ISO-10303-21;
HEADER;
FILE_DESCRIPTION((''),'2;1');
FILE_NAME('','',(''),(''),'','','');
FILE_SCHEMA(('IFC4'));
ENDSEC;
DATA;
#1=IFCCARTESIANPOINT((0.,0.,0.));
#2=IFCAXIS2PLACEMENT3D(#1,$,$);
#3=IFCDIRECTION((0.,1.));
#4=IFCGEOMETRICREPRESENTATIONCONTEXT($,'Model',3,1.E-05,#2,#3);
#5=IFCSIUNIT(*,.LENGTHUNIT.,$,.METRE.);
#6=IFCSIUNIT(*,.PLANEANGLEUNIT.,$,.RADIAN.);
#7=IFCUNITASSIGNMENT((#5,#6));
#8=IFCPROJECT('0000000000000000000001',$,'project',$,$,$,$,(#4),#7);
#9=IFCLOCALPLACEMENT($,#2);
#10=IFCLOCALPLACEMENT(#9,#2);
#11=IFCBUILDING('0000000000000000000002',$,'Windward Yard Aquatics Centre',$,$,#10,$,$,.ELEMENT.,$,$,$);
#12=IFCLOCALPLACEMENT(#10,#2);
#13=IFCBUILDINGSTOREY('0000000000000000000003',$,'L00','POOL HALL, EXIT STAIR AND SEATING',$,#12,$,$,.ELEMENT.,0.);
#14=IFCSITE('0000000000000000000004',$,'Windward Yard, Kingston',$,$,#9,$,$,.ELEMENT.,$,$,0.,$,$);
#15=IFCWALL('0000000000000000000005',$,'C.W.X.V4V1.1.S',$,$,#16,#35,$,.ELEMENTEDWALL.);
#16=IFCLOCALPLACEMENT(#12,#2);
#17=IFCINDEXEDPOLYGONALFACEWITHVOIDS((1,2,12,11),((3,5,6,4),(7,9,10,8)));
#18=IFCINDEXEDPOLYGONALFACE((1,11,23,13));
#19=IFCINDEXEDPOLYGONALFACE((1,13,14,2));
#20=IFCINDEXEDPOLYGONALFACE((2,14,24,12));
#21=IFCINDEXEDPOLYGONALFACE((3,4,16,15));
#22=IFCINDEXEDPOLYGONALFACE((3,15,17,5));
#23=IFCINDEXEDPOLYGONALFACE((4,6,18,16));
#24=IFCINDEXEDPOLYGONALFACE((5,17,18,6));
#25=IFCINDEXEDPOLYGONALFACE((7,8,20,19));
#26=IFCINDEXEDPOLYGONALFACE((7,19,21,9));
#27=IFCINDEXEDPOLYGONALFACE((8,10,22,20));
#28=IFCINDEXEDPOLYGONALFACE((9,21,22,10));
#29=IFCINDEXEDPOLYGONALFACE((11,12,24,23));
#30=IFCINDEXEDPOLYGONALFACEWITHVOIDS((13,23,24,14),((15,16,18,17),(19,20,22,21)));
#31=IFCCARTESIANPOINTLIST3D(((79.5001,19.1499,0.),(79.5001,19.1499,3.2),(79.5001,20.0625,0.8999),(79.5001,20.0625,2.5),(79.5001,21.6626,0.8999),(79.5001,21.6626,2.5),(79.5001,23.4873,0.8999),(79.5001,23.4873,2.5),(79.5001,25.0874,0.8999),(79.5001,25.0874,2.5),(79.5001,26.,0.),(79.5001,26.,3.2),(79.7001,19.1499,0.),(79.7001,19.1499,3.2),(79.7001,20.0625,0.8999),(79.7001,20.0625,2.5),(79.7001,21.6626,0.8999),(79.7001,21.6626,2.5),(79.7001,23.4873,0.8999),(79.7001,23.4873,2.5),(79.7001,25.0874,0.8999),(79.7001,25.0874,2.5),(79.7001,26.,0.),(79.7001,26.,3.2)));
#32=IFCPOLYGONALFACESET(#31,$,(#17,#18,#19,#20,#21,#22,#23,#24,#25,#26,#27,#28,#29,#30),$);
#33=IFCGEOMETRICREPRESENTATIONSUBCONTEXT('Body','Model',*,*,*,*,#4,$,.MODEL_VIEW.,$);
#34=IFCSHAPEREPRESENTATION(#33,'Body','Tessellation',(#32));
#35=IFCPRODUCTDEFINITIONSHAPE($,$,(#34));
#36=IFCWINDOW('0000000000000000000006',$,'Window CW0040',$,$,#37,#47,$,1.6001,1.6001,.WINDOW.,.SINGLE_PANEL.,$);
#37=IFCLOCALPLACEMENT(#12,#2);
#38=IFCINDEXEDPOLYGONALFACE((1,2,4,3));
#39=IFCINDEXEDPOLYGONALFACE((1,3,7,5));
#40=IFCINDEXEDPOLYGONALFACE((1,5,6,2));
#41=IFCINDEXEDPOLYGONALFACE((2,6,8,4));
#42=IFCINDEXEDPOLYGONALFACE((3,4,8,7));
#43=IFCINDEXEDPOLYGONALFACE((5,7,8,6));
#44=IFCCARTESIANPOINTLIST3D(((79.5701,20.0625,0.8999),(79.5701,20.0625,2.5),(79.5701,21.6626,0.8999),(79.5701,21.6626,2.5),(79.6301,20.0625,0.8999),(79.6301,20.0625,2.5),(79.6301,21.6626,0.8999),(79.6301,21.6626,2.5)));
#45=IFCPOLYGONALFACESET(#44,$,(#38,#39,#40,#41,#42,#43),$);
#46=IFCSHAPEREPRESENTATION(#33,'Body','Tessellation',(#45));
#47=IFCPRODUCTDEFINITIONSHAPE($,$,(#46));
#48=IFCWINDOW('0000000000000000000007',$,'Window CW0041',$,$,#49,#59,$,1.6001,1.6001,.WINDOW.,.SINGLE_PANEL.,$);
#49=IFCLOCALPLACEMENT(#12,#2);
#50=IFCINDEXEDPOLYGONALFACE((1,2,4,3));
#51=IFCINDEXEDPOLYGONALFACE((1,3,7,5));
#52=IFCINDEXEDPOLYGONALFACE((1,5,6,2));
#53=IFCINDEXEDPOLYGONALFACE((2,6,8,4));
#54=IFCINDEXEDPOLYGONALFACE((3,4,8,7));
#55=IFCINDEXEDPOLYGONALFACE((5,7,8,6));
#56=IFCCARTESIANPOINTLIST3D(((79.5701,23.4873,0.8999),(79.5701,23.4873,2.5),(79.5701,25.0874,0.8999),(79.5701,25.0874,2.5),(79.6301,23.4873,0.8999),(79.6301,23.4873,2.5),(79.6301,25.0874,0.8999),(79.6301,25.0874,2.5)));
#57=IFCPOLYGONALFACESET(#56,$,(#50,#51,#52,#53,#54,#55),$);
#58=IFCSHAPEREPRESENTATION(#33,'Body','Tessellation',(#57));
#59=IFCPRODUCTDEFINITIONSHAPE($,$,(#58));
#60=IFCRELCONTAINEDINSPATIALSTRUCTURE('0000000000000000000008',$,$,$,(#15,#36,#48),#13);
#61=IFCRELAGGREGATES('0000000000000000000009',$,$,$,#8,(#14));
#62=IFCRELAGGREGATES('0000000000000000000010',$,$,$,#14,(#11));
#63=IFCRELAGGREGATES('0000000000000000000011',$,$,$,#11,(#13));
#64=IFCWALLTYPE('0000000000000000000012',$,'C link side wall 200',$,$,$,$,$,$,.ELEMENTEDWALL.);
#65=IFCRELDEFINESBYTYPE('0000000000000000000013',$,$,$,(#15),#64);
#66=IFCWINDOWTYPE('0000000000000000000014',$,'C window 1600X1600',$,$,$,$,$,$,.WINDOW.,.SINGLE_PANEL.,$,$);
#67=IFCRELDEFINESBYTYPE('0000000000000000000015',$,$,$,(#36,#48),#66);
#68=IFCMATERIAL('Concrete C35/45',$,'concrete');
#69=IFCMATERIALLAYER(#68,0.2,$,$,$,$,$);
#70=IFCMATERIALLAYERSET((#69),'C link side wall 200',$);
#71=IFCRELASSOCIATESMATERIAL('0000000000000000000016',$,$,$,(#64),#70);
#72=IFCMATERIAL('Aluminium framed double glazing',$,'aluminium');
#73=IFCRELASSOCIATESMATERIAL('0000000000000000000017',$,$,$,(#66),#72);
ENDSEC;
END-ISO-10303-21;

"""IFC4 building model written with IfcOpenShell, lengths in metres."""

from ifc_helpers import new_model, si_unit, direction, frame, frame_2d, origin, place, context, subcontext, project, spatial, rectangle, extrude, material, layer, layer_set, type_object, element, fill, save


model = new_model("IFC4")

# Units and contexts
model_context = context("Model", 3, precision=1e-05, world=origin(), true_north=direction((0.0, 1.0)))
body_context = subcontext(model_context, "Body", "Model", "MODEL_VIEW")
ifc_project = project(units=[si_unit("LENGTHUNIT", "METRE"), si_unit("PLANEANGLEUNIT", "RADIAN")], contexts=[model_context])

# Site, building, storey
site_placement = place(None, origin())
site = spatial("IfcSite", under=ifc_project, at=site_placement, Name="Windward Yard, Kingston", CompositionType="ELEMENT", RefElevation=0.0)
building_placement = place(site_placement, origin())
building = spatial("IfcBuilding", under=site, at=building_placement, Name="Windward Yard Aquatics Centre", CompositionType="ELEMENT")
storey_placement = place(building_placement, origin())
storey = spatial("IfcBuildingStorey", under=building, at=storey_placement, Name="L00", Description="POOL HALL, EXIT STAIR AND SEATING", CompositionType="ELEMENT", Elevation=0.0)

# Shared definitions
ifc_material_1 = material(Name="Concrete C35/45", Category="concrete")

# Wall, openings, windows
ifc_layer_1 = layer(ifc_material_1, 0.2)
ifc_layer_set_1 = layer_set([ifc_layer_1], Name="C link side wall 200")
wall_type_1 = type_object("IfcWallType", Name="C link side wall 200", PredefinedType="ELEMENTEDWALL", material=ifc_layer_set_1)
ifc_material_2 = material(Name="Aluminium framed double glazing", Category="aluminium")
window_type_1 = type_object("IfcWindowType", Name="C window 1600X1600", PartitioningType="SINGLE_PANEL", PredefinedType="WINDOW", material=ifc_material_2)
wall_1_placement = place(storey_placement, frame((79.6001, 19.1499, 0.0), z_axis=(0.0, 0.0, 1.0), x_axis=(0.0, 1.0, 0.0)))
wall_1 = element("IfcWall", 1, at=wall_1_placement, inside=storey, type_object=wall_type_1, Name="C.W.X.V4V1.1.S", PredefinedType="ELEMENTEDWALL", context=body_context, shape_type="SweptSolid", body=[
    extrude(rectangle(XDim=6.8501, YDim=0.2, at=frame_2d((3.425, 0.0))), origin(), (0.0, 0.0, 1.0), 3.2),
])
opening_1_placement = place(wall_1_placement, frame((0.9126, 0.0, 0.8999)))
opening_1 = element("IfcOpeningElement", 2, at=opening_1_placement, cuts=wall_1, PredefinedType="OPENING", context=body_context, shape_type="SweptSolid", body=[
    extrude(rectangle(XDim=1.6001, YDim=1.6001, at=frame_2d((0.8, 0.8))), frame((0.0, 0.1099, 0.0), z_axis=(0.0, -1.0, 0.0), x_axis=(1.0, 0.0, 0.0)), (0.0, 0.0, 1.0), 0.22),
])
opening_2_placement = place(wall_1_placement, frame((4.3374, 0.0, 0.8999)))
opening_2 = element("IfcOpeningElement", 3, at=opening_2_placement, cuts=wall_1, PredefinedType="OPENING", context=body_context, shape_type="SweptSolid", body=[
    extrude(rectangle(XDim=1.6001, YDim=1.6001, at=frame_2d((0.8, 0.8))), frame((0.0, 0.1099, 0.0), z_axis=(0.0, -1.0, 0.0), x_axis=(1.0, 0.0, 0.0)), (0.0, 0.0, 1.0), 0.22),
])
window_1_placement = place(opening_1_placement, origin())
window_1 = element("IfcWindow", 4, at=window_1_placement, inside=storey, type_object=window_type_1, Name="Window CW0040", OverallHeight=1.6001, OverallWidth=1.6001, PartitioningType="SINGLE_PANEL", PredefinedType="WINDOW", context=body_context, shape_type="SweptSolid", body=[
    extrude(rectangle(XDim=1.6001, YDim=1.6001, at=frame_2d((0.8, 0.8))), frame((0.0, 0.03, 0.0), z_axis=(0.0, -1.0, 0.0), x_axis=(1.0, 0.0, 0.0)), (0.0, 0.0, 1.0), 0.0601),
])
fill(opening_1, window_1)
window_2_placement = place(opening_2_placement, origin())
window_2 = element("IfcWindow", 5, at=window_2_placement, inside=storey, type_object=window_type_1, Name="Window CW0041", OverallHeight=1.6001, OverallWidth=1.6001, PartitioningType="SINGLE_PANEL", PredefinedType="WINDOW", context=body_context, shape_type="SweptSolid", body=[
    extrude(rectangle(XDim=1.6001, YDim=1.6001, at=frame_2d((0.8, 0.8))), frame((0.0, 0.03, 0.0), z_axis=(0.0, -1.0, 0.0), x_axis=(1.0, 0.0, 0.0)), (0.0, 0.0, 1.0), 0.0601),
])
fill(opening_2, window_2)

save(model, "model.ifc")
